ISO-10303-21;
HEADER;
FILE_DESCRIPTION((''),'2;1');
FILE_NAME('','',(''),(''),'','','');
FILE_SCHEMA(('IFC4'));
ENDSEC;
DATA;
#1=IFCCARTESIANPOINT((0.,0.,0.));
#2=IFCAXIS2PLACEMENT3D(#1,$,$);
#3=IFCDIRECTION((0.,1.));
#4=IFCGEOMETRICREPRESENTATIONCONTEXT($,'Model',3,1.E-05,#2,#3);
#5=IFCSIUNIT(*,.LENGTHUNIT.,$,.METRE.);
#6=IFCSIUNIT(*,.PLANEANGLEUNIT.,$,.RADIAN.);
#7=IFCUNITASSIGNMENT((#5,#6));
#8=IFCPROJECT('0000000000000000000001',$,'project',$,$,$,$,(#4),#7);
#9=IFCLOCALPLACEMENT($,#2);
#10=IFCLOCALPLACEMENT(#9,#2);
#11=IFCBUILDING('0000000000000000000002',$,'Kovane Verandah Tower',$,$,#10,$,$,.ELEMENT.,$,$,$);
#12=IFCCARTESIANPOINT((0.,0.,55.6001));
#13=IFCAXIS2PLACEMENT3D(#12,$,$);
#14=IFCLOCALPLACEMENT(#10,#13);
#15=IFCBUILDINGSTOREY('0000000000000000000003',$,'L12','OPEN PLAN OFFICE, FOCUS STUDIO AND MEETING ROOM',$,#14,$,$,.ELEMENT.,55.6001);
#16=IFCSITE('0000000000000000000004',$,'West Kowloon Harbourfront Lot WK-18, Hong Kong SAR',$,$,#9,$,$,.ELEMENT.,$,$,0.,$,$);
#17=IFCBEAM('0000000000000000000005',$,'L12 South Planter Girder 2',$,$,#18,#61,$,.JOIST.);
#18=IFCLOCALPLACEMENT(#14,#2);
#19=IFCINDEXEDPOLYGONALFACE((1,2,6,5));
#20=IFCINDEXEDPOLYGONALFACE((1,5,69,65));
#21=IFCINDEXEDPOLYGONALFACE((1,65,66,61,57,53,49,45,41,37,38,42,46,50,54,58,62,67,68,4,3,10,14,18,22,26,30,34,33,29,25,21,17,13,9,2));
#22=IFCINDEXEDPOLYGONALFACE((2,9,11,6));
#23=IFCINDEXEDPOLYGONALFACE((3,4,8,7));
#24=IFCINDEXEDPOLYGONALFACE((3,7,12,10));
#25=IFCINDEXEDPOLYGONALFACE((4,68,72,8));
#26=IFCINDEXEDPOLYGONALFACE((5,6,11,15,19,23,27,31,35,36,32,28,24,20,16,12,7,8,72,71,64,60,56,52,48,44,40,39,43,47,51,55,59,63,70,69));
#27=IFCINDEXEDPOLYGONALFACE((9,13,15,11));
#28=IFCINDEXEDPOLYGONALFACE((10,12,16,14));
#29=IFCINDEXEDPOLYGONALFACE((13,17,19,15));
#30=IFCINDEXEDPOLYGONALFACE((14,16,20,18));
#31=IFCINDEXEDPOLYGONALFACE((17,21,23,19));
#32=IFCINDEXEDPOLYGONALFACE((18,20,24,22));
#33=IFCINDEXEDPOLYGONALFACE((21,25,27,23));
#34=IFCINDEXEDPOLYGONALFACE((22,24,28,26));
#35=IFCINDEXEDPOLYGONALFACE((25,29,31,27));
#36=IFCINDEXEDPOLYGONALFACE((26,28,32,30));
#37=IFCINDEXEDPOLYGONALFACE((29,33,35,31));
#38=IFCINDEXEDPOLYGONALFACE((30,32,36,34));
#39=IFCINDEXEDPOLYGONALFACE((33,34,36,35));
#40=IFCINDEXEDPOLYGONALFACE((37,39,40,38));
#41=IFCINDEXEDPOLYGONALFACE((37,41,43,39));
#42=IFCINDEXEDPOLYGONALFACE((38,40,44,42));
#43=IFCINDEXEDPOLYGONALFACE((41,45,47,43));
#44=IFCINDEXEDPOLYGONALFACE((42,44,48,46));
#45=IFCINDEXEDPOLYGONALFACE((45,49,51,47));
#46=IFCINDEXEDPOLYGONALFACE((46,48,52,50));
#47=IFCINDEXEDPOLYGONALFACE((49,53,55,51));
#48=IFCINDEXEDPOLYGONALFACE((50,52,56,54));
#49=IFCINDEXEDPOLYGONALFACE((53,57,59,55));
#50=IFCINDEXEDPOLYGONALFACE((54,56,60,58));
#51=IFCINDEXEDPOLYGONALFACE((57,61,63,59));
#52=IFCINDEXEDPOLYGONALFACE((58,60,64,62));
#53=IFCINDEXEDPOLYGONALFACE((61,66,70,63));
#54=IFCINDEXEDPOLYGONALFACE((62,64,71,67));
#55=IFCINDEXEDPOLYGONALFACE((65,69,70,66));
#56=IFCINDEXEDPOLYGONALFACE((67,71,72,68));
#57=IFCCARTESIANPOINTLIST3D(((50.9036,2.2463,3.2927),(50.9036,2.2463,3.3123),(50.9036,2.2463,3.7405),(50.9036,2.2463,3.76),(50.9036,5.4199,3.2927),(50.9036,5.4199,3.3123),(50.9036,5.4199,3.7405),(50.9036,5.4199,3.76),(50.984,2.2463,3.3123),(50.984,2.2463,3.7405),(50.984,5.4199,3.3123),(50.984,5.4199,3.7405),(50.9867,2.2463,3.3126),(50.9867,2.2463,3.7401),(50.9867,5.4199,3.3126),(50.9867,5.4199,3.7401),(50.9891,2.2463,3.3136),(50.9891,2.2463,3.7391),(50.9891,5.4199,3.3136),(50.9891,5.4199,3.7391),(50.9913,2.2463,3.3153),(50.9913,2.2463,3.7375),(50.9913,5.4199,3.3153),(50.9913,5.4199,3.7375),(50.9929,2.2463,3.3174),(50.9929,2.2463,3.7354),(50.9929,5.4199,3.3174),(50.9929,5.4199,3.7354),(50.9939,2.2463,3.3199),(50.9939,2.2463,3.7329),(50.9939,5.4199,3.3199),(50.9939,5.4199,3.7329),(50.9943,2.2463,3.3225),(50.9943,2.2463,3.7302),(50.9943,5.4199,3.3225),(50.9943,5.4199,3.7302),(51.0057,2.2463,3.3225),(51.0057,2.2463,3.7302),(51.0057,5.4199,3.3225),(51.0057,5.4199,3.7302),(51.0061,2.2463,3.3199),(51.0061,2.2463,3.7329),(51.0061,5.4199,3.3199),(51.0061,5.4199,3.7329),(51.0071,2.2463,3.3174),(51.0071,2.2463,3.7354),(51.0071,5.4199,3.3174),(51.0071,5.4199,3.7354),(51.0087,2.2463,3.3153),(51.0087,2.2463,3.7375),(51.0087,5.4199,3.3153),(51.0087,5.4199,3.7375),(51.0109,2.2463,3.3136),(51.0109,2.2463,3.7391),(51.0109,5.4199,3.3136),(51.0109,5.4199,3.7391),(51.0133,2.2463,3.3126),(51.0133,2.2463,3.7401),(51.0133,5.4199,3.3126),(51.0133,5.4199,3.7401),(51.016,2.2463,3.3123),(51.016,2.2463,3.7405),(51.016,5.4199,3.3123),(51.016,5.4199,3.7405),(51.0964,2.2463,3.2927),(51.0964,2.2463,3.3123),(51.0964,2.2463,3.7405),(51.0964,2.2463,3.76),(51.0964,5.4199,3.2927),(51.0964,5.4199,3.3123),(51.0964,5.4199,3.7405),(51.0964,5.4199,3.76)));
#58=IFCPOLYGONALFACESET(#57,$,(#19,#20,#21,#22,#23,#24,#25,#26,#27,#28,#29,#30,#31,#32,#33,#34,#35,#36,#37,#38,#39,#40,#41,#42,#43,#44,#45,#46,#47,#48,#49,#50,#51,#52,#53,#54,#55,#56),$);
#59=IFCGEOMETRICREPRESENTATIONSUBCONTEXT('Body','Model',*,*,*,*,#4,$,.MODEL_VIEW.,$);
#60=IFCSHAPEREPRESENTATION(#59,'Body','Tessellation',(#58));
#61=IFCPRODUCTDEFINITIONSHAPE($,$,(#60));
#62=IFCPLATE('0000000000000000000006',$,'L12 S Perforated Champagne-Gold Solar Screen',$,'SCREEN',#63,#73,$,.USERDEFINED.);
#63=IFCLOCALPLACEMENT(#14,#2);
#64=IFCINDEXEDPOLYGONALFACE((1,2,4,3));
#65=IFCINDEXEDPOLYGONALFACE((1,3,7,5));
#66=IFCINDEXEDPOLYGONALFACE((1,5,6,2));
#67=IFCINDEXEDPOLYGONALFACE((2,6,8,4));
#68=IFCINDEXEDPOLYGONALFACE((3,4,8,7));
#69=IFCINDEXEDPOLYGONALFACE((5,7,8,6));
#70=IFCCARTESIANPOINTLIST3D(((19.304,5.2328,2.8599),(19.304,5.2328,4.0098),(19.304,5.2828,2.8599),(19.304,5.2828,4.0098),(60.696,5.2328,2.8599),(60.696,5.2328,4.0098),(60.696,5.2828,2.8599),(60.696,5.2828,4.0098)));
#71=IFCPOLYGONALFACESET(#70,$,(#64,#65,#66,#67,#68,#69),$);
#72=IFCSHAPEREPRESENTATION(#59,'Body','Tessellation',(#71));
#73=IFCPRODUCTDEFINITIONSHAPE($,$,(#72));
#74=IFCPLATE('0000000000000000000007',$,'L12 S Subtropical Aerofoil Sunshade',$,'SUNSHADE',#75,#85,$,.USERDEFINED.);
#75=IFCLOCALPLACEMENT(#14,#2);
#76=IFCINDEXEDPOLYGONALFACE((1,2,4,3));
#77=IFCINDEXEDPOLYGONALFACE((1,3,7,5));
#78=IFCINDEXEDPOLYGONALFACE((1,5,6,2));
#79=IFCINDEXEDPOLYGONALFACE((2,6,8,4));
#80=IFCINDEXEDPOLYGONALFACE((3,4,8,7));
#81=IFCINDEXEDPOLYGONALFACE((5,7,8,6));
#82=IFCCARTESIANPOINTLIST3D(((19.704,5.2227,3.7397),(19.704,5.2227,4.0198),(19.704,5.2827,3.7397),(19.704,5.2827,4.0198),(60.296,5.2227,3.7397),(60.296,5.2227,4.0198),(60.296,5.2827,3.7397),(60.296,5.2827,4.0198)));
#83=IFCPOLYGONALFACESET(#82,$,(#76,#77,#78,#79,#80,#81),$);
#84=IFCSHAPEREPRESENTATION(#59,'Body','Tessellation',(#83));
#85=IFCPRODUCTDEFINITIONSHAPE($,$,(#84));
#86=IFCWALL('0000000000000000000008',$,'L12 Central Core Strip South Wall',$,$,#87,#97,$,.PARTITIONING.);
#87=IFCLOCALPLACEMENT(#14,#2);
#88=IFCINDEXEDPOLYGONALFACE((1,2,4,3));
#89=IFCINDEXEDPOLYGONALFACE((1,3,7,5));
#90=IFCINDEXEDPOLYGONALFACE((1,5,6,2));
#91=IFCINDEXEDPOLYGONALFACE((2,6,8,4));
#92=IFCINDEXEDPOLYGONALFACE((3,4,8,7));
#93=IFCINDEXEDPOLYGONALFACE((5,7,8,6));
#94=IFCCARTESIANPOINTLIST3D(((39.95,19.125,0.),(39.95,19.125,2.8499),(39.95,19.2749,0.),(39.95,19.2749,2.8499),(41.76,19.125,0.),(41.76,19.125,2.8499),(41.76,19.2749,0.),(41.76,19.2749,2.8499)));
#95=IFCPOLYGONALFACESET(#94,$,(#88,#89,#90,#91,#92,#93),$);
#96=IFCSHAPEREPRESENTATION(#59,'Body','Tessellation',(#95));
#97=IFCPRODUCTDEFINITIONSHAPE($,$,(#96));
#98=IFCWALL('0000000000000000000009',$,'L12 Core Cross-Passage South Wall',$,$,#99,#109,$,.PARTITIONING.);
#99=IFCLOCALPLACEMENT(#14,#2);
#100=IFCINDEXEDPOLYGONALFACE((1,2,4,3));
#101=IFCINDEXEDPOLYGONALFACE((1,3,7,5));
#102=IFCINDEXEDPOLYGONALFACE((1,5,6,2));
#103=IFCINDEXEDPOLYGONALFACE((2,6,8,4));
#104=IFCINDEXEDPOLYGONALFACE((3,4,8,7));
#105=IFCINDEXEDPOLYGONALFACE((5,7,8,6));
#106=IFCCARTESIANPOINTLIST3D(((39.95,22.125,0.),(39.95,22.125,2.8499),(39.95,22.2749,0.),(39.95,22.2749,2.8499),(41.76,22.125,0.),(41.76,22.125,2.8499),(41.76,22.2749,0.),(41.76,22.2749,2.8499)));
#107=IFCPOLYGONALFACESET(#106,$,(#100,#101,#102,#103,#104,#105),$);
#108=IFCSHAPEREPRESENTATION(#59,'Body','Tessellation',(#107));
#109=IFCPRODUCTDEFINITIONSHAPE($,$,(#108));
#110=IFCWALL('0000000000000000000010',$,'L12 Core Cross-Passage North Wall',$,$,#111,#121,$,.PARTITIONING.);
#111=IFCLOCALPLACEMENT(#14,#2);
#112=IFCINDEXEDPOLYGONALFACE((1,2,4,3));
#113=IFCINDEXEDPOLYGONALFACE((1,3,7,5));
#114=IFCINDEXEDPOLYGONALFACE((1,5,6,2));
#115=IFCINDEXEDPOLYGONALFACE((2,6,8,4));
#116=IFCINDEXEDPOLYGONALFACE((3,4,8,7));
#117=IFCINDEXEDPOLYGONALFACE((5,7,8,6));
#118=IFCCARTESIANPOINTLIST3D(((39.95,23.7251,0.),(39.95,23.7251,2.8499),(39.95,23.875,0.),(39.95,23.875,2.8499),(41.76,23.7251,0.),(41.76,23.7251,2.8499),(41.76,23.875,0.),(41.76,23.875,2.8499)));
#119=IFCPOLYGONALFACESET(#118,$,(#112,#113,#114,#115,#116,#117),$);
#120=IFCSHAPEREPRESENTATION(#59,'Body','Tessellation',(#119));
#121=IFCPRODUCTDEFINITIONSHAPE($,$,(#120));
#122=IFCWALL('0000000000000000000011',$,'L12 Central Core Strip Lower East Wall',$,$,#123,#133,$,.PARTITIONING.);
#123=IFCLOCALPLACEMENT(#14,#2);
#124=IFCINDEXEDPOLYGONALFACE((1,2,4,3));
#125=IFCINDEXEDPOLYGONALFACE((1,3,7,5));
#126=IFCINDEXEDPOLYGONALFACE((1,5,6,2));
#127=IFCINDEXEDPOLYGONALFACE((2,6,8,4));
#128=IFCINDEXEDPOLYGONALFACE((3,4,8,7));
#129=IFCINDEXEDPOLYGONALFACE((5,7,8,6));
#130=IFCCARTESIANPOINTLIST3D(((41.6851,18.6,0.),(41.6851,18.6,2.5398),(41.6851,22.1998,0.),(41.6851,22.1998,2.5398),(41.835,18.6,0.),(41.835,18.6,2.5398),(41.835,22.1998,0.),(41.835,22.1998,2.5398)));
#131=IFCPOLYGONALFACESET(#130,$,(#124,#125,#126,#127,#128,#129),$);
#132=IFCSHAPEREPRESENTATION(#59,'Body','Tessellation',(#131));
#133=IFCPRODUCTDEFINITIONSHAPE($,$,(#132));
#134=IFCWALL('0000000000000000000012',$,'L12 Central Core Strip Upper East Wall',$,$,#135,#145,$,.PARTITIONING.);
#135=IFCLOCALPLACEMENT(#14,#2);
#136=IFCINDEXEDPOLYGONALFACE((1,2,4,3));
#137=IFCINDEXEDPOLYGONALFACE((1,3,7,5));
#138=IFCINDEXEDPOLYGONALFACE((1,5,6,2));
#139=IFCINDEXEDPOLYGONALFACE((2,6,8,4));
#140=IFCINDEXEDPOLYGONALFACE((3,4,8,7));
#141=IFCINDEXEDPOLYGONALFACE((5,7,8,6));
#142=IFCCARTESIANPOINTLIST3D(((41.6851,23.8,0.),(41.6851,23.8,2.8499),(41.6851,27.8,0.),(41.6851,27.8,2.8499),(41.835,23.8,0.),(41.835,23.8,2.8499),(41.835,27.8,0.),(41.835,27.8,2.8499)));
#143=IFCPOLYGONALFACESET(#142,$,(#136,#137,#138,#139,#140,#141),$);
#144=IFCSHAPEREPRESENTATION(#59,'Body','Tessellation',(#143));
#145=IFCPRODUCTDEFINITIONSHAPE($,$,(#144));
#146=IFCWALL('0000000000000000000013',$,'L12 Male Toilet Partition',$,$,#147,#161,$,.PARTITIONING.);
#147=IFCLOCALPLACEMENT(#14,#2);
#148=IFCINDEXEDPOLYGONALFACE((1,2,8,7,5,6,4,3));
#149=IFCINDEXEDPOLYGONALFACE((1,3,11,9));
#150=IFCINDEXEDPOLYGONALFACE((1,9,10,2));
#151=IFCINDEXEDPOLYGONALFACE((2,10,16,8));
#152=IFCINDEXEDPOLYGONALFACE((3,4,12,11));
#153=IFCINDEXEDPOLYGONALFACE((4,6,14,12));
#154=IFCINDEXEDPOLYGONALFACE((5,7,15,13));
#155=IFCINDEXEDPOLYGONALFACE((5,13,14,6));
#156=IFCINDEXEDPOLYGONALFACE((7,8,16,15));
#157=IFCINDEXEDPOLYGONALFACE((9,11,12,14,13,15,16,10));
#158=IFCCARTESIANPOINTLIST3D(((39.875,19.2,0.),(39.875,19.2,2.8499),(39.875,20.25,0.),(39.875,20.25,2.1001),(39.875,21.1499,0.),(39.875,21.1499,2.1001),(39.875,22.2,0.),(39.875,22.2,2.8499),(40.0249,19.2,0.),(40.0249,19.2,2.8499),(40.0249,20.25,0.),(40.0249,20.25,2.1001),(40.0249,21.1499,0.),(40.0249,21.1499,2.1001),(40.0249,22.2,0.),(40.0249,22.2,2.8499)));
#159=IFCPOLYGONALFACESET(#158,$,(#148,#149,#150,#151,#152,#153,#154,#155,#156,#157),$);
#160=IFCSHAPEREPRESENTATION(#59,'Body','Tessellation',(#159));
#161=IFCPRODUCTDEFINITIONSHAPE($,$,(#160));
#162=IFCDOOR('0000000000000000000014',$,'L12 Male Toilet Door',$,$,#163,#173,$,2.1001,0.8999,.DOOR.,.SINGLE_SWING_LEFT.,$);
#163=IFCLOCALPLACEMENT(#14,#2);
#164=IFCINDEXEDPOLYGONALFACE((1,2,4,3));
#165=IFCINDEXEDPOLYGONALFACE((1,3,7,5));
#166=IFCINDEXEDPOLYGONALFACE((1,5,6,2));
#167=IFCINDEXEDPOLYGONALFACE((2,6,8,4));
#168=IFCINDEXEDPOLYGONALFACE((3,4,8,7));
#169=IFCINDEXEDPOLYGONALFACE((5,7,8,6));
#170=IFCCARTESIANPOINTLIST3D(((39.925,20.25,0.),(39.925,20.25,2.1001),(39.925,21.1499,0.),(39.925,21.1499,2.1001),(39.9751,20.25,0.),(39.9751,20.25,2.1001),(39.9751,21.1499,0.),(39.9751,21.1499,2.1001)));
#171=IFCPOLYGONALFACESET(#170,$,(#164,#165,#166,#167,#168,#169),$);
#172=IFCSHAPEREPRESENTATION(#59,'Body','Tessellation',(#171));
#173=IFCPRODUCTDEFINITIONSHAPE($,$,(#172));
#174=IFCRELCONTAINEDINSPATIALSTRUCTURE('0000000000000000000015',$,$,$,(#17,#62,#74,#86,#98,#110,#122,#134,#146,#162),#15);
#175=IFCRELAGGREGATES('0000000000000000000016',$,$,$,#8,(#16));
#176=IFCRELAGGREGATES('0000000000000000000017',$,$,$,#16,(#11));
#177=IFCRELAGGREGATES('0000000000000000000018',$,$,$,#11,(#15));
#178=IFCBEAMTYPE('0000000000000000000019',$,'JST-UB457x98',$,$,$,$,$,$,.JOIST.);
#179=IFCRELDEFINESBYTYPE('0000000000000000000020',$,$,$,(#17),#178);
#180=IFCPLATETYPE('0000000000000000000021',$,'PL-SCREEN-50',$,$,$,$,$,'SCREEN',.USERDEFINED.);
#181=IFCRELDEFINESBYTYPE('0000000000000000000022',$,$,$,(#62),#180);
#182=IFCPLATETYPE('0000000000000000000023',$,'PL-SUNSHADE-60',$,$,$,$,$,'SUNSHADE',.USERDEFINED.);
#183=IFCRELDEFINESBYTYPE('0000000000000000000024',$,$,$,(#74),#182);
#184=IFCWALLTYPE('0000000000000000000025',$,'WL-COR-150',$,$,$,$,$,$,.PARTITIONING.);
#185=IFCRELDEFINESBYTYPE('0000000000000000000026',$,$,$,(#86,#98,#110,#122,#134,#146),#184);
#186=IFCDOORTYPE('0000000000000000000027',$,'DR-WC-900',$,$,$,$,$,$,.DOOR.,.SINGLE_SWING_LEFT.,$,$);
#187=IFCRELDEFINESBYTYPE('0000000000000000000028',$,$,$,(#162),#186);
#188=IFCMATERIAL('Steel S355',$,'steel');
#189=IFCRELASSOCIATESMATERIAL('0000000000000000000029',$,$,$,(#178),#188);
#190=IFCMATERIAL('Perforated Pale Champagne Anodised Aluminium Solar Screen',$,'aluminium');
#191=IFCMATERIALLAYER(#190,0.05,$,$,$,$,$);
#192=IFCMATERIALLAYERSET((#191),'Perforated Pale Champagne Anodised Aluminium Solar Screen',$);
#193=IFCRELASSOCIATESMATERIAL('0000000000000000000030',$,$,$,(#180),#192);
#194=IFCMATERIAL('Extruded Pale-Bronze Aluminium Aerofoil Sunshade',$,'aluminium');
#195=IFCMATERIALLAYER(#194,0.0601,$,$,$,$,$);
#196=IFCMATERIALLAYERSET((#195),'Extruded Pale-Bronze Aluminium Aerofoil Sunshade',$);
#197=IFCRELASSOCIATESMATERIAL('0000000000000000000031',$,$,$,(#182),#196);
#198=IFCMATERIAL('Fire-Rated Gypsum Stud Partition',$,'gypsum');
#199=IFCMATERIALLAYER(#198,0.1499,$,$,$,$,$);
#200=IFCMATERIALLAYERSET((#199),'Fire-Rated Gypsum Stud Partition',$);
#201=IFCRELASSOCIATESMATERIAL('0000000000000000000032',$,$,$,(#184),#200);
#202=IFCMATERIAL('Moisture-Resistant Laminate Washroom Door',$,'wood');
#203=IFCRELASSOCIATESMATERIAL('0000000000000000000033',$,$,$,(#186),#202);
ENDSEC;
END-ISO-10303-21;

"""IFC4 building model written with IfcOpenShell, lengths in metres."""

from ifc_helpers import new_model, si_unit, direction, frame, frame_2d, origin, origin_2d, place, context, subcontext, project, spatial, rectangle, i_section, extrude, material, layer, layer_set, material_profile, profile_set, type_object, element, fill, save


model = new_model("IFC4")

# Units and contexts
model_context = context("Model", 3, precision=1e-05, world=origin(), true_north=direction((0.0, 1.0)))
body_context = subcontext(model_context, "Body", "Model", "MODEL_VIEW")
ifc_project = project(units=[si_unit("LENGTHUNIT", "METRE"), si_unit("PLANEANGLEUNIT", "RADIAN")], contexts=[model_context])

# Site, building, storey
site_placement = place(None, origin())
site = spatial("IfcSite", under=ifc_project, at=site_placement, Name="West Kowloon Harbourfront Lot WK-18, Hong Kong SAR", CompositionType="ELEMENT", RefElevation=0.0)
building_placement = place(site_placement, origin())
building = spatial("IfcBuilding", under=site, at=building_placement, Name="Kovane Verandah Tower", CompositionType="ELEMENT")
storey_placement = place(building_placement, frame((0.0, 0.0, 55.6001)))
storey = spatial("IfcBuildingStorey", under=building, at=storey_placement, Name="L12", Description="OPEN PLAN OFFICE, FOCUS STUDIO AND MEETING ROOM", CompositionType="ELEMENT", Elevation=55.6001)

# Beam
ifc_material_1 = material(Name="Steel S355", Category="steel")
ifc_material_profile_1 = material_profile(ifc_material_1, i_section(OverallWidth=0.1929, OverallDepth=0.4673, WebThickness=0.0115, FlangeThickness=0.0195, FilletRadius=0.0103, at=origin_2d()), Name="UB457x191x98")
ifc_profile_set_1 = profile_set([ifc_material_profile_1], Name="Steel S355")
beam_type_1 = type_object("IfcBeamType", Name="JST-UB457x98", PredefinedType="JOIST", material=ifc_profile_set_1)
beam_1_placement = place(storey_placement, frame((51.0, 5.4199, 3.5264), z_axis=(0.0, -1.0, 0.0), x_axis=(1.0, 0.0, 0.0)))
element("IfcBeam", 1, at=beam_1_placement, inside=storey, type_object=beam_type_1, Name="L12 South Planter Girder 2", PredefinedType="JOIST", context=body_context, shape_type="SweptSolid", body=[
    extrude(i_section(OverallWidth=0.1929, OverallDepth=0.4673, WebThickness=0.0115, FlangeThickness=0.0195, FilletRadius=0.0103, at=origin_2d()), origin(), (0.0, 0.0, 1.0), 3.1736),
])

# Plates
ifc_material_2 = material(Name="Perforated Pale Champagne Anodised Aluminium Solar Screen", Category="aluminium")
ifc_layer_1 = layer(ifc_material_2, 0.05)
ifc_layer_set_1 = layer_set([ifc_layer_1], Name="Perforated Pale Champagne Anodised Aluminium Solar Screen")
plate_type_1 = type_object("IfcPlateType", Name="PL-SCREEN-50", ElementType="SCREEN", PredefinedType="USERDEFINED", material=ifc_layer_set_1)
plate_1_placement = place(storey_placement, frame((40.0, 5.2578, 2.8599), z_axis=(0.0, 0.0, 1.0), x_axis=(1.0, 0.0, 0.0)))
element("IfcPlate", 2, at=plate_1_placement, inside=storey, type_object=plate_type_1, Name="L12 S Perforated Champagne-Gold Solar Screen", ObjectType="SCREEN", PredefinedType="USERDEFINED", context=body_context, shape_type="SweptSolid", body=[
    extrude(rectangle(XDim=41.3921, YDim=0.05, at=origin_2d()), origin(), (0.0, 0.0, 1.0), 1.1499),
])
ifc_material_3 = material(Name="Extruded Pale-Bronze Aluminium Aerofoil Sunshade", Category="aluminium")
ifc_layer_2 = layer(ifc_material_3, 0.0601)
ifc_layer_set_2 = layer_set([ifc_layer_2], Name="Extruded Pale-Bronze Aluminium Aerofoil Sunshade")
plate_type_2 = type_object("IfcPlateType", Name="PL-SUNSHADE-60", ElementType="SUNSHADE", PredefinedType="USERDEFINED", material=ifc_layer_set_2)
plate_2_placement = place(storey_placement, frame((40.0, 5.2527, 3.7397), z_axis=(0.0, 0.0, 1.0), x_axis=(1.0, 0.0, 0.0)))
element("IfcPlate", 3, at=plate_2_placement, inside=storey, type_object=plate_type_2, Name="L12 S Subtropical Aerofoil Sunshade", ObjectType="SUNSHADE", PredefinedType="USERDEFINED", context=body_context, shape_type="SweptSolid", body=[
    extrude(rectangle(XDim=40.592, YDim=0.0601, at=origin_2d()), origin(), (0.0, 0.0, 1.0), 0.28),
])

# Walls
ifc_material_4 = material(Name="Fire-Rated Gypsum Stud Partition", Category="gypsum")
ifc_layer_3 = layer(ifc_material_4, 0.1499)
ifc_layer_set_3 = layer_set([ifc_layer_3], Name="Fire-Rated Gypsum Stud Partition")
wall_type_1 = type_object("IfcWallType", Name="WL-COR-150", PredefinedType="PARTITIONING", material=ifc_layer_set_3)
for number, where, z_axis, x_axis, name in (
    (4, (39.95, 19.2, 0.0), (0.0, 0.0, 1.0), (1.0, 0.0, 0.0), "L12 Central Core Strip South Wall"),
    (5, (39.95, 22.2, 0.0), (0.0, 0.0, 1.0), (1.0, 0.0, 0.0), "L12 Core Cross-Passage South Wall"),
    (6, (39.95, 23.8, 0.0), (0.0, 0.0, 1.0), (1.0, 0.0, 0.0), "L12 Core Cross-Passage North Wall"),
):
    element("IfcWall", number, at=place(storey_placement, frame(where, z_axis=z_axis, x_axis=x_axis)), inside=storey, type_object=wall_type_1, Name=name, PredefinedType="PARTITIONING", context=body_context, shape_type="SweptSolid", body=[
        extrude(rectangle(XDim=1.8101, YDim=0.1499, at=frame_2d((0.905, 0.0))), origin(), (0.0, 0.0, 1.0), 2.8499),
    ])
wall_1_placement = place(storey_placement, frame((41.76, 18.6001, 0.0), z_axis=(0.0, 0.0, 1.0), x_axis=(0.0, 1.0, 0.0)))
element("IfcWall", 7, at=wall_1_placement, inside=storey, type_object=wall_type_1, Name="L12 Central Core Strip Lower East Wall", PredefinedType="PARTITIONING", context=body_context, shape_type="SweptSolid", body=[
    extrude(rectangle(XDim=3.5999, YDim=0.1499, at=frame_2d((1.7998, 0.0))), origin(), (0.0, 0.0, 1.0), 2.5398),
])
wall_2_placement = place(storey_placement, frame((41.76, 23.8, 0.0), z_axis=(0.0, 0.0, 1.0), x_axis=(0.0, 1.0, 0.0)))
element("IfcWall", 8, at=wall_2_placement, inside=storey, type_object=wall_type_1, Name="L12 Central Core Strip Upper East Wall", PredefinedType="PARTITIONING", context=body_context, shape_type="SweptSolid", body=[
    extrude(rectangle(XDim=4.0, YDim=0.1499, at=frame_2d((2.0, 0.0))), origin(), (0.0, 0.0, 1.0), 2.8499),
])

# Wall, opening, door
wall_3_placement = place(storey_placement, frame((39.95, 19.2, 0.0), z_axis=(0.0, 0.0, 1.0), x_axis=(0.0, 1.0, 0.0)))
wall_3 = element("IfcWall", 9, at=wall_3_placement, inside=storey, type_object=wall_type_1, Name="L12 Male Toilet Partition", PredefinedType="PARTITIONING", context=body_context, shape_type="SweptSolid", body=[
    extrude(rectangle(XDim=3.0, YDim=0.1499, at=frame_2d((1.5, 0.0))), origin(), (0.0, 0.0, 1.0), 2.8499),
])
opening_1_placement = place(wall_3_placement, frame((1.05, 0.0, 0.0)))
opening_1 = element("IfcOpeningElement", 10, at=opening_1_placement, cuts=wall_3, PredefinedType="OPENING", context=body_context, shape_type="SweptSolid", body=[
    extrude(rectangle(XDim=0.8999, YDim=2.1001, at=frame_2d((0.45, 1.05))), frame((0.0, 0.075, 0.0), z_axis=(0.0, -1.0, 0.0), x_axis=(1.0, 0.0, 0.0)), (0.0, 0.0, 1.0), 0.1499),
])
ifc_material_5 = material(Name="Moisture-Resistant Laminate Washroom Door", Category="wood")
door_type_1 = type_object("IfcDoorType", Name="DR-WC-900", OperationType="SINGLE_SWING_LEFT", PredefinedType="DOOR", material=ifc_material_5)
door_1_placement = place(opening_1_placement, origin())
door_1 = element("IfcDoor", 11, at=door_1_placement, inside=storey, type_object=door_type_1, Name="L12 Male Toilet Door", OperationType="SINGLE_SWING_LEFT", OverallHeight=2.1001, OverallWidth=0.8999, PredefinedType="DOOR", context=body_context, shape_type="SweptSolid", body=[
    extrude(rectangle(XDim=0.8999, YDim=2.1001, at=frame_2d((0.45, 1.05))), frame((0.0, 0.0249, 0.0), z_axis=(0.0, -1.0, 0.0), x_axis=(1.0, 0.0, 0.0)), (0.0, 0.0, 1.0), 0.05),
])
fill(opening_1, door_1)

save(model, "model.ifc")
